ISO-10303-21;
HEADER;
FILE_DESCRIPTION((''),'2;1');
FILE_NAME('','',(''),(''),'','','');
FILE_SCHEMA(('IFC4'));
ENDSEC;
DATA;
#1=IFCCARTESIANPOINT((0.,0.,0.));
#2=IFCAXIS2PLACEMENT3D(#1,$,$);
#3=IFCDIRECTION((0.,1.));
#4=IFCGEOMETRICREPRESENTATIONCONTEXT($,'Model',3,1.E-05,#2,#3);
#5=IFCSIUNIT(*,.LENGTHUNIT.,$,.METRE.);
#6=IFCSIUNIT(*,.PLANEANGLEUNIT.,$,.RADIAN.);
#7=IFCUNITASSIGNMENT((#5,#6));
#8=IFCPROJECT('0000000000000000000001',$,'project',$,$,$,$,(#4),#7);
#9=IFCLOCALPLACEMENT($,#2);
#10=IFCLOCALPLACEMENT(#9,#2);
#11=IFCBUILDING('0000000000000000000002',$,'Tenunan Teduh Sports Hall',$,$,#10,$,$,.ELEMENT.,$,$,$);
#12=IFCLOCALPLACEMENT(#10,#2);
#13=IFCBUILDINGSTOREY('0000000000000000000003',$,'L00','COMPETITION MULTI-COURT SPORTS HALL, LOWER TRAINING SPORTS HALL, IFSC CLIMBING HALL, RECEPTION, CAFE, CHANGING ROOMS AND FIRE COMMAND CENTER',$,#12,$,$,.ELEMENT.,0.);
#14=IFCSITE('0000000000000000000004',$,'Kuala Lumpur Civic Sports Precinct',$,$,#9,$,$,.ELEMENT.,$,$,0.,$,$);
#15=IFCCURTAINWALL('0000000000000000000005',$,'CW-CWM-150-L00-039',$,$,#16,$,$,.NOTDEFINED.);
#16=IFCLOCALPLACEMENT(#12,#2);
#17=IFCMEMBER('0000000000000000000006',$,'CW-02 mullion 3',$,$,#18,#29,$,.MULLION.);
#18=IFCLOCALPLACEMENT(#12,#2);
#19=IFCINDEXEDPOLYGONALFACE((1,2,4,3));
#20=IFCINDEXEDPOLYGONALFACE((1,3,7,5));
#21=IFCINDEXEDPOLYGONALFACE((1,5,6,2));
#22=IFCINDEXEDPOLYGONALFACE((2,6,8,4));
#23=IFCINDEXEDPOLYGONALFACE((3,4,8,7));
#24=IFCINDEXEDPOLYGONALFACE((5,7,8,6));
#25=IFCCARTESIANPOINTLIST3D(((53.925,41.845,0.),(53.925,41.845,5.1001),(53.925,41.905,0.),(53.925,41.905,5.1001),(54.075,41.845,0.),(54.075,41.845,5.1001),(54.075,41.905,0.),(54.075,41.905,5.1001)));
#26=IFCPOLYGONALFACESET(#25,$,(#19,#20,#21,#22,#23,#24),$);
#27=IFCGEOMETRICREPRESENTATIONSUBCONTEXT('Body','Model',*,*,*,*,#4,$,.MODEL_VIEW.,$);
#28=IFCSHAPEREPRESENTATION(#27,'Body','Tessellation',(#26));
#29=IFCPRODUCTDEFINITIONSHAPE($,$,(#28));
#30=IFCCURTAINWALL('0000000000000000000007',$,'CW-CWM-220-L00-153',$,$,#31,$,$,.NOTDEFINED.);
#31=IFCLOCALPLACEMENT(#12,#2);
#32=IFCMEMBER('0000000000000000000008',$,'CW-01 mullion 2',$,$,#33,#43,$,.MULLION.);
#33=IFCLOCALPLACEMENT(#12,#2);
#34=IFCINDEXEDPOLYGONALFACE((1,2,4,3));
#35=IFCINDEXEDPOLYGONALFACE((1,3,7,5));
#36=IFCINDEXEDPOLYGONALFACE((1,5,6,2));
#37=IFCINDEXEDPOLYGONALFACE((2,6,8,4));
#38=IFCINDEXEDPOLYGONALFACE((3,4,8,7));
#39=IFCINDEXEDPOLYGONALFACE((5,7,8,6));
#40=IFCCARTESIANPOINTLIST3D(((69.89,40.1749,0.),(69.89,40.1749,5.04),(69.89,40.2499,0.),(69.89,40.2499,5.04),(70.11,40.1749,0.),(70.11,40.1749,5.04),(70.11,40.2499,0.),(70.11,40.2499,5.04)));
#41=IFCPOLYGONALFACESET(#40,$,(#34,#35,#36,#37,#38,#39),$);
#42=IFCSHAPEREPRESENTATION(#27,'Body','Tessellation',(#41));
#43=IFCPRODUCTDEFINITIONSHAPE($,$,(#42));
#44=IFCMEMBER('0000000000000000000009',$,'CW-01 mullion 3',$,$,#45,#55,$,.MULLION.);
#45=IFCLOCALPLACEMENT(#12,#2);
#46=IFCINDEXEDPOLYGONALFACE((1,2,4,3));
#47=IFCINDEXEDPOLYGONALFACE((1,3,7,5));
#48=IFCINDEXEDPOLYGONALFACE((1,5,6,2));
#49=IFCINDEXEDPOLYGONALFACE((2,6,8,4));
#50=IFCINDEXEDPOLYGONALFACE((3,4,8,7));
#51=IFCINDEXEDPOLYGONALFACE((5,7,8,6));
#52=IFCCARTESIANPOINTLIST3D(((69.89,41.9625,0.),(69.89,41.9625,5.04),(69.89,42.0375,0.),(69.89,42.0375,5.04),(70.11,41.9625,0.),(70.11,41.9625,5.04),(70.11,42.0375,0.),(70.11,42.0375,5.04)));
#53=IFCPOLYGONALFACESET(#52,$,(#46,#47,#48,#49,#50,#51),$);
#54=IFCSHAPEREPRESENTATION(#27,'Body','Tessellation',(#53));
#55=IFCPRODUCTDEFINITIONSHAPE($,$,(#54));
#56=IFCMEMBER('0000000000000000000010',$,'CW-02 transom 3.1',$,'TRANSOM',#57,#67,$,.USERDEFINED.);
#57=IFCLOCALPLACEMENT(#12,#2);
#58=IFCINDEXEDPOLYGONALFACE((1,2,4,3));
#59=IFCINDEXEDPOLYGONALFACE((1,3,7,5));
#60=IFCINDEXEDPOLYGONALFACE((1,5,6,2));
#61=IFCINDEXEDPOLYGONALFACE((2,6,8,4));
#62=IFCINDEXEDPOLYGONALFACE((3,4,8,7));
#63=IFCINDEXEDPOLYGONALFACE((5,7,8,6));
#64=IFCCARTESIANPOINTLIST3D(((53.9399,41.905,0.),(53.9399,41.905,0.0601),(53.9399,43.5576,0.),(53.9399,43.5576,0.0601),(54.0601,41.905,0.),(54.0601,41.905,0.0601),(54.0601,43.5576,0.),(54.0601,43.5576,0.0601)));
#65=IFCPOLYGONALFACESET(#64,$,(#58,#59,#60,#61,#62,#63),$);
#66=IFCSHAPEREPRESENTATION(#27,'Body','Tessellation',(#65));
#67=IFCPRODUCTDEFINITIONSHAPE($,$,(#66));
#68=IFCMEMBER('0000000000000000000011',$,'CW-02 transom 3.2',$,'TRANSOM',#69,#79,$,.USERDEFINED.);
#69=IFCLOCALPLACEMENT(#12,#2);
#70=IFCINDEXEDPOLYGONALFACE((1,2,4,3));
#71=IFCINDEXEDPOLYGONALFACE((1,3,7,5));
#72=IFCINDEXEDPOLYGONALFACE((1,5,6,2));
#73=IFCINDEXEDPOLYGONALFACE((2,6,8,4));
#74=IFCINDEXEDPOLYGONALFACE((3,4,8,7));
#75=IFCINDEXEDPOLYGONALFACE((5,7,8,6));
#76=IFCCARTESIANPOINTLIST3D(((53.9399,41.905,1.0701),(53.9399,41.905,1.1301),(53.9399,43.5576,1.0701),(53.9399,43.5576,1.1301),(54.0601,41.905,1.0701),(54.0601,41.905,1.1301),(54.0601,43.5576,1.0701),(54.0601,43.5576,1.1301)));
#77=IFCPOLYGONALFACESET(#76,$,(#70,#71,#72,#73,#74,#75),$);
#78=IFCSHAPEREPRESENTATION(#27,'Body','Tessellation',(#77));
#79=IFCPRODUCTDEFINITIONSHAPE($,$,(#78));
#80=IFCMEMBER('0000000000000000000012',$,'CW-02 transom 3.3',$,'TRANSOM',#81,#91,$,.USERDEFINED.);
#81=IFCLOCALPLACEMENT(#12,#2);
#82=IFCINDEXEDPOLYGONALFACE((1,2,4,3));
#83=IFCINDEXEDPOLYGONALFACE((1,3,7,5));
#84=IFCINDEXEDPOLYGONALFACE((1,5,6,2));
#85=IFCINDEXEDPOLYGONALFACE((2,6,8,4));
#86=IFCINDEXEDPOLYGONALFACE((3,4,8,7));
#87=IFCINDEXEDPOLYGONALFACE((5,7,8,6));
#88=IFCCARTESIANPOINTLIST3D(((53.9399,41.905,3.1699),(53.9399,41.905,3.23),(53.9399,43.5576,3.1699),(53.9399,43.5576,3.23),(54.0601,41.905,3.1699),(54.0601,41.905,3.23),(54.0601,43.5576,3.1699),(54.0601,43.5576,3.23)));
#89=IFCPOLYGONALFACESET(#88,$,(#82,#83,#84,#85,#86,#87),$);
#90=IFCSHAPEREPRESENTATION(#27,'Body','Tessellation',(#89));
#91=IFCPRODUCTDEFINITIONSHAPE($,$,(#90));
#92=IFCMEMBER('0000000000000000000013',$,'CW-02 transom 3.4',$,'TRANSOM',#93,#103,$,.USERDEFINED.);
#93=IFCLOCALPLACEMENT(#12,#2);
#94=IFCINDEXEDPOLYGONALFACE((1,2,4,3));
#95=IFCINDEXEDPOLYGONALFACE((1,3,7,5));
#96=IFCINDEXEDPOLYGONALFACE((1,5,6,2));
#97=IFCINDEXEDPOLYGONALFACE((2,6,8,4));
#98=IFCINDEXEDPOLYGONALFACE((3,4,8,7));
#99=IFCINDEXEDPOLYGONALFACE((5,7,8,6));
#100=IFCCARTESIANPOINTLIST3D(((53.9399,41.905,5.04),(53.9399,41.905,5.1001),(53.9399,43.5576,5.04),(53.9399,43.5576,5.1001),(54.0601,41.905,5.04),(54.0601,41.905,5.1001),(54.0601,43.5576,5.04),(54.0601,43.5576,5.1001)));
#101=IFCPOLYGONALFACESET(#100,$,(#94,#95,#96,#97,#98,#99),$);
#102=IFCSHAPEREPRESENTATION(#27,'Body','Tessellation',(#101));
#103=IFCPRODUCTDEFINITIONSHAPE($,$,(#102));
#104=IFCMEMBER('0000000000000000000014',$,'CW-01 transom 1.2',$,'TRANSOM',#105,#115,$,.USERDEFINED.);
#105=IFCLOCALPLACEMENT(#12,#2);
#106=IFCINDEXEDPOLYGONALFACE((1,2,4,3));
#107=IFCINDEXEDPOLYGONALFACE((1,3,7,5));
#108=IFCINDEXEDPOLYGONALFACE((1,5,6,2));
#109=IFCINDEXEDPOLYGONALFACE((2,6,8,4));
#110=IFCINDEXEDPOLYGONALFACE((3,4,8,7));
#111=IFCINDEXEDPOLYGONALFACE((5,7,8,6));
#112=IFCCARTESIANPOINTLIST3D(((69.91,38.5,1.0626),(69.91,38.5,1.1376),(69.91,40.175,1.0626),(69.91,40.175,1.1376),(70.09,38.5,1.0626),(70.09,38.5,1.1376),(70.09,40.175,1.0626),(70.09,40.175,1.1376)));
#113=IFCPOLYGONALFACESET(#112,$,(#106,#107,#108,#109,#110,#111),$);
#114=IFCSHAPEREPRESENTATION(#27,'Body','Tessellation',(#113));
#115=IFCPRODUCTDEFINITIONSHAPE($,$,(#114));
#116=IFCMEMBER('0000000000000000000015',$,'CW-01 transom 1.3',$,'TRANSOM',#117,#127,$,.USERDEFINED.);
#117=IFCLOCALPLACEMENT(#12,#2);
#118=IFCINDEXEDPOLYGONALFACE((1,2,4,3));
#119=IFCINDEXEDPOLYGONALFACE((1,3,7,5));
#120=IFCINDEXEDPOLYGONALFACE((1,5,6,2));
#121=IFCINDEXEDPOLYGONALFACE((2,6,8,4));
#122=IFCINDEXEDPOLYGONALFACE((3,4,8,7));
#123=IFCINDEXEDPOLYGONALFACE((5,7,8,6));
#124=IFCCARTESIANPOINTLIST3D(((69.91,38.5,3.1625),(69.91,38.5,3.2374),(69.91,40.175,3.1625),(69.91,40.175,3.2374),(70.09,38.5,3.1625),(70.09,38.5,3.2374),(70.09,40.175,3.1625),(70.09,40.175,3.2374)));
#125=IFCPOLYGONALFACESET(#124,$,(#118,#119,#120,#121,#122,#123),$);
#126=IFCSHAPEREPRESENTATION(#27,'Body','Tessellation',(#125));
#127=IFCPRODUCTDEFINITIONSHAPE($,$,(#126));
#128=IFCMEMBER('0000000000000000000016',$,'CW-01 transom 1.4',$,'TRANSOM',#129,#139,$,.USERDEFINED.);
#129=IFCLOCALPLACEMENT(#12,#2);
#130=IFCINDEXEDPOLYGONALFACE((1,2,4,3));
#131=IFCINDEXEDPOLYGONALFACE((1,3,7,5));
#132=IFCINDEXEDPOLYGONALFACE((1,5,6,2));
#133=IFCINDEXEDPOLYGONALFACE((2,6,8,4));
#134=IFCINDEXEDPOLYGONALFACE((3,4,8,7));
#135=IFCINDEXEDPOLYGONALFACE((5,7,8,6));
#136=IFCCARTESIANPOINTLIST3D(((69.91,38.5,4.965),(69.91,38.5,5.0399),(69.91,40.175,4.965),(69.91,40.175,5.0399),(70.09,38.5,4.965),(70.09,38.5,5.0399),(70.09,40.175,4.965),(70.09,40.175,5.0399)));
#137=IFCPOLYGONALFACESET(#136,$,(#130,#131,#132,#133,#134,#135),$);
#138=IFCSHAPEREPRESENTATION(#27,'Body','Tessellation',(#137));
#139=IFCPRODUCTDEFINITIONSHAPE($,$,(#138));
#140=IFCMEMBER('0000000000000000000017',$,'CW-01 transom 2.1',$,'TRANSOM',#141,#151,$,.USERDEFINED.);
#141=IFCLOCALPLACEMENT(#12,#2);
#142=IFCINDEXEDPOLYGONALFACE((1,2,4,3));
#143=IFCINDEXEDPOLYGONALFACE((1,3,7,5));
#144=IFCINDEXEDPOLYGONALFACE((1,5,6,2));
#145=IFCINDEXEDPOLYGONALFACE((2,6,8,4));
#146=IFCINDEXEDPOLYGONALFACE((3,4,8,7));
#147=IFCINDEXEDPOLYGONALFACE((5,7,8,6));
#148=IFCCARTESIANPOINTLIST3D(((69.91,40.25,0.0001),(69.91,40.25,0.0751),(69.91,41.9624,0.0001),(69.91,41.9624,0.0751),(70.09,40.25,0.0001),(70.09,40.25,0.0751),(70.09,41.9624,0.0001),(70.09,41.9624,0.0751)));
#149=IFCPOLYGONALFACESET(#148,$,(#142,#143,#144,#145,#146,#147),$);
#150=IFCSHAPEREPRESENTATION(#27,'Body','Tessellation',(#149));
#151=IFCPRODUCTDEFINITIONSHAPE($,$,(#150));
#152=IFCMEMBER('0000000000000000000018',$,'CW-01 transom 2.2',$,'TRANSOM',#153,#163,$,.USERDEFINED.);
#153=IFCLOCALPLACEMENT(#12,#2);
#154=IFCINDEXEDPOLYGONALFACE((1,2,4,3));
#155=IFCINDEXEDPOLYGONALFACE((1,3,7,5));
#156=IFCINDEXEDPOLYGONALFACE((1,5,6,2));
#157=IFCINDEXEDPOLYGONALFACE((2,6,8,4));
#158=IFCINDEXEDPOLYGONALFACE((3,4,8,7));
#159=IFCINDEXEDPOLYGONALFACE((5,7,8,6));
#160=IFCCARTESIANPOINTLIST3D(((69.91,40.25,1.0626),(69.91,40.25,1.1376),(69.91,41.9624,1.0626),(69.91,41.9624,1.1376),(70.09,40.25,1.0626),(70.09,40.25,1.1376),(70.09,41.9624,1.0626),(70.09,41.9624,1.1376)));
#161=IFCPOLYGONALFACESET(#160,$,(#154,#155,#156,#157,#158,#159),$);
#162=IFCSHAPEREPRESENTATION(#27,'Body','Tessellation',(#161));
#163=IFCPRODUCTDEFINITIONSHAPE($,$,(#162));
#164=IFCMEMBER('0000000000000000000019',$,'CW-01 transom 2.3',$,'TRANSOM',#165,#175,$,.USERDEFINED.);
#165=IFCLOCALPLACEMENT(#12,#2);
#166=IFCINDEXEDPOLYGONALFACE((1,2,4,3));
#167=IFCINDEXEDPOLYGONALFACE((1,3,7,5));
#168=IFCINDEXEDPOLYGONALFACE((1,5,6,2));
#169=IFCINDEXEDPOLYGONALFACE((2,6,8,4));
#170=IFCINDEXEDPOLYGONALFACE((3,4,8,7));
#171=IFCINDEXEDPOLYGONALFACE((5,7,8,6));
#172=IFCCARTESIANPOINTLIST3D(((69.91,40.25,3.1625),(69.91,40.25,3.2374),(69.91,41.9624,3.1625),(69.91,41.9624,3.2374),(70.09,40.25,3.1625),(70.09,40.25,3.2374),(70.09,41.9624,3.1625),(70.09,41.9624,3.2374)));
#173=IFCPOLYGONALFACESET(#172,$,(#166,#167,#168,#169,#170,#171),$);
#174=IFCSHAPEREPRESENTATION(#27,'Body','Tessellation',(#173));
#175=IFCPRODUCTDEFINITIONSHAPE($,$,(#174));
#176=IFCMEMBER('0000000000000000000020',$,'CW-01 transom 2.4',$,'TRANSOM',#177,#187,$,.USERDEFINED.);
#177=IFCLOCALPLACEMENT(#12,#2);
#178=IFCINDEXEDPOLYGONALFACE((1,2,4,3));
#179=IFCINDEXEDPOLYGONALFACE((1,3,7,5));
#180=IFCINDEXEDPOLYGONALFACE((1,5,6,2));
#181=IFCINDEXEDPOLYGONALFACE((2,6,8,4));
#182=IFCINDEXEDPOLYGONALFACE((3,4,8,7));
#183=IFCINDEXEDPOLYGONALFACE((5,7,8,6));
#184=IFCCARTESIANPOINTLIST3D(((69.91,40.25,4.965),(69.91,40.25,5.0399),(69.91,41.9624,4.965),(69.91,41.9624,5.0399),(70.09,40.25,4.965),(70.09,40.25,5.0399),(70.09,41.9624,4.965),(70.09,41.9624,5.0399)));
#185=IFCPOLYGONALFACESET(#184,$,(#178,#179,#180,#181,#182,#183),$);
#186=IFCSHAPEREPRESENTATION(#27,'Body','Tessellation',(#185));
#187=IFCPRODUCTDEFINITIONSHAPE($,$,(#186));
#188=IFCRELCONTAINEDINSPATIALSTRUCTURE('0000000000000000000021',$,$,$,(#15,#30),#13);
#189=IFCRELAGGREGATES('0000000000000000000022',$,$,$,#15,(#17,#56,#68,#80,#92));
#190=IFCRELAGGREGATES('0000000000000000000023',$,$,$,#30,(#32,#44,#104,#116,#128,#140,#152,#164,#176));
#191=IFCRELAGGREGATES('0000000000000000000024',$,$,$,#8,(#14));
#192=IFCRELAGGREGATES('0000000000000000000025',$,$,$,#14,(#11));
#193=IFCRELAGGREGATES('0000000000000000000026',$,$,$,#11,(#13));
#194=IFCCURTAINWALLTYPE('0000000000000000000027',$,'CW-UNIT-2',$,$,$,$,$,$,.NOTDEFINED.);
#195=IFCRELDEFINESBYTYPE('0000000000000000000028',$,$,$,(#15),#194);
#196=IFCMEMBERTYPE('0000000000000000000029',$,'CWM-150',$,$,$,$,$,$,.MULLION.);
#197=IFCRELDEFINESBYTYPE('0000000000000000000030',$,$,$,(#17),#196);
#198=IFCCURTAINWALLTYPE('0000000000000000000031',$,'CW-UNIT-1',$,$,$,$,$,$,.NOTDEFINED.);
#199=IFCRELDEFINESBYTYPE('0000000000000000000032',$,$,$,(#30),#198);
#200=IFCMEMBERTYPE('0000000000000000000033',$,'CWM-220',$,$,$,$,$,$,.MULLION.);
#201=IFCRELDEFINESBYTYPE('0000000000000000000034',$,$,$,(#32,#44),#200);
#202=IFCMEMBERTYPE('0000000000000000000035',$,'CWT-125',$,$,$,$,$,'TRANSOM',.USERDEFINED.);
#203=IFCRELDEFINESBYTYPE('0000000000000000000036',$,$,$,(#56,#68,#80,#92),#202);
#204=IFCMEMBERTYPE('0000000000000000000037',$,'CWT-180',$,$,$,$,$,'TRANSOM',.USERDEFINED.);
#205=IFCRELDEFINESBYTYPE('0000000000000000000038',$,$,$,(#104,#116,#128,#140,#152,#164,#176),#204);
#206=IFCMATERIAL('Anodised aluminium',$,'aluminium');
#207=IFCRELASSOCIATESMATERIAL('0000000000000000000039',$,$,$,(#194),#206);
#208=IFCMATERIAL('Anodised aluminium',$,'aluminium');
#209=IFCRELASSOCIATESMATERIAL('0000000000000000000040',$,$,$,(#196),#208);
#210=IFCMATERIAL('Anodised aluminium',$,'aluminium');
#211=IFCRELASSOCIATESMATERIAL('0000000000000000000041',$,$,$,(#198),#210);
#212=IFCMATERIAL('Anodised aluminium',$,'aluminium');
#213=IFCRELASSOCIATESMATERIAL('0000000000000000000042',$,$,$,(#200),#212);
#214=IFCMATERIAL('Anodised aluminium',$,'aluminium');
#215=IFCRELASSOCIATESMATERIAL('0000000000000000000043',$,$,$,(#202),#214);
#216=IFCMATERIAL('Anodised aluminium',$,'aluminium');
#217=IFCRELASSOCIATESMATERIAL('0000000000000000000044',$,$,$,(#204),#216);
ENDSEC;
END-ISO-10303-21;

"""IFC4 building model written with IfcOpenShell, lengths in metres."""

from ifc_helpers import new_model, si_unit, direction, frame, origin, origin_2d, place, context, subcontext, project, spatial, rectangle, extrude, material, material_profile, profile_set, type_object, element, aggregate, save


model = new_model("IFC4")

# Units and contexts
model_context = context("Model", 3, precision=1e-05, world=origin(), true_north=direction((0.0, 1.0)))
body_context = subcontext(model_context, "Body", "Model", "MODEL_VIEW")
ifc_project = project(units=[si_unit("LENGTHUNIT", "METRE"), si_unit("PLANEANGLEUNIT", "RADIAN")], contexts=[model_context])

# Site, building, storey
site_placement = place(None, origin())
site = spatial("IfcSite", under=ifc_project, at=site_placement, Name="Kuala Lumpur Civic Sports Precinct", CompositionType="ELEMENT", RefElevation=0.0)
building_placement = place(site_placement, origin())
building = spatial("IfcBuilding", under=site, at=building_placement, Name="Tenunan Teduh Sports Hall", CompositionType="ELEMENT")
storey_placement = place(building_placement, origin())
storey = spatial("IfcBuildingStorey", under=building, at=storey_placement, Name="L00", Description="COMPETITION MULTI-COURT SPORTS HALL, LOWER TRAINING SPORTS HALL, IFSC CLIMBING HALL, RECEPTION, CAFE, CHANGING ROOMS AND FIRE COMMAND CENTER", CompositionType="ELEMENT", Elevation=0.0)

# Curtain wall, member
ifc_material_1 = material(Name="Anodised aluminium", Category="aluminium")
curtain_wall_type_1 = type_object("IfcCurtainWallType", Name="CW-UNIT-2", PredefinedType="NOTDEFINED", material=ifc_material_1)
curtain_wall_1_placement = place(storey_placement, origin())
curtain_wall_1 = element("IfcCurtainWall", 1, at=curtain_wall_1_placement, inside=storey, type_object=curtain_wall_type_1, Name="CW-CWM-150-L00-039", PredefinedType="NOTDEFINED")
ifc_material_2 = material(Name="Anodised aluminium", Category="aluminium")
ifc_material_profile_1 = material_profile(ifc_material_2, rectangle(XDim=0.0601, YDim=0.1499, at=origin_2d()), Name="CWM 60x150")
ifc_profile_set_1 = profile_set([ifc_material_profile_1], Name="Anodised aluminium")
member_type_1 = type_object("IfcMemberType", Name="CWM-150", PredefinedType="MULLION", material=ifc_profile_set_1)
member_1_placement = place(storey_placement, frame((54.0, 41.875, 0.0), z_axis=(0.0, 0.0, 1.0), x_axis=(0.0, 1.0, 0.0)))
member_1 = element("IfcMember", 2, at=member_1_placement, type_object=member_type_1, Name="CW-02 mullion 3", PredefinedType="MULLION", context=body_context, shape_type="SweptSolid", body=[
    extrude(rectangle(XDim=0.0601, YDim=0.1499, at=origin_2d()), origin(), (0.0, 0.0, 1.0), 5.1001),
])

# Curtain wall, members
ifc_material_3 = material(Name="Anodised aluminium", Category="aluminium")
curtain_wall_type_2 = type_object("IfcCurtainWallType", Name="CW-UNIT-1", PredefinedType="NOTDEFINED", material=ifc_material_3)
curtain_wall_2_placement = place(storey_placement, origin())
curtain_wall_2 = element("IfcCurtainWall", 3, at=curtain_wall_2_placement, inside=storey, type_object=curtain_wall_type_2, Name="CW-CWM-220-L00-153", PredefinedType="NOTDEFINED")
ifc_material_4 = material(Name="Anodised aluminium", Category="aluminium")
ifc_material_profile_2 = material_profile(ifc_material_4, rectangle(XDim=0.075, YDim=0.22, at=origin_2d()), Name="CWM 75x220")
ifc_profile_set_2 = profile_set([ifc_material_profile_2], Name="Anodised aluminium")
member_type_2 = type_object("IfcMemberType", Name="CWM-220", PredefinedType="MULLION", material=ifc_profile_set_2)
member_2_placement = place(storey_placement, frame((70.0, 40.2124, 0.0), z_axis=(0.0, 0.0, 1.0), x_axis=(0.0, 1.0, 0.0)))
member_2 = element("IfcMember", 4, at=member_2_placement, type_object=member_type_2, Name="CW-01 mullion 2", PredefinedType="MULLION", context=body_context, shape_type="SweptSolid", body=[
    extrude(rectangle(XDim=0.075, YDim=0.22, at=origin_2d()), origin(), (0.0, 0.0, 1.0), 5.04),
])
member_3_placement = place(storey_placement, frame((70.0, 42.0, 0.0), z_axis=(0.0, 0.0, 1.0), x_axis=(0.0, 1.0, 0.0)))
member_3 = element("IfcMember", 5, at=member_3_placement, type_object=member_type_2, Name="CW-01 mullion 3", PredefinedType="MULLION", context=body_context, shape_type="SweptSolid", body=[
    extrude(rectangle(XDim=0.075, YDim=0.22, at=origin_2d()), origin(), (0.0, 0.0, 1.0), 5.04),
])

# Members
ifc_material_5 = material(Name="Anodised aluminium", Category="aluminium")
ifc_material_profile_3 = material_profile(ifc_material_5, rectangle(XDim=0.0601, YDim=0.1201, at=origin_2d()), Name="CWT 60x120")
ifc_profile_set_3 = profile_set([ifc_material_profile_3], Name="Anodised aluminium")
member_type_3 = type_object("IfcMemberType", Name="CWT-125", ElementType="TRANSOM", PredefinedType="USERDEFINED", material=ifc_profile_set_3)
member_4_placement = place(storey_placement, frame((54.0, 41.905, 0.03), z_axis=(0.0, 1.0, 0.0), x_axis=(0.0, 0.0, 1.0)))
member_4 = element("IfcMember", 6, at=member_4_placement, type_object=member_type_3, Name="CW-02 transom 3.1", ObjectType="TRANSOM", PredefinedType="USERDEFINED", context=body_context, shape_type="SweptSolid", body=[
    extrude(rectangle(XDim=0.0601, YDim=0.1201, at=origin_2d()), origin(), (0.0, 0.0, 1.0), 1.6526),
])
member_5_placement = place(storey_placement, frame((54.0, 41.905, 1.1001), z_axis=(0.0, 1.0, 0.0), x_axis=(0.0, 0.0, 1.0)))
member_5 = element("IfcMember", 7, at=member_5_placement, type_object=member_type_3, Name="CW-02 transom 3.2", ObjectType="TRANSOM", PredefinedType="USERDEFINED", context=body_context, shape_type="SweptSolid", body=[
    extrude(rectangle(XDim=0.0601, YDim=0.1201, at=origin_2d()), origin(), (0.0, 0.0, 1.0), 1.6526),
])
member_6_placement = place(storey_placement, frame((54.0, 41.905, 3.2), z_axis=(0.0, 1.0, 0.0), x_axis=(0.0, 0.0, 1.0)))
member_6 = element("IfcMember", 8, at=member_6_placement, type_object=member_type_3, Name="CW-02 transom 3.3", ObjectType="TRANSOM", PredefinedType="USERDEFINED", context=body_context, shape_type="SweptSolid", body=[
    extrude(rectangle(XDim=0.0601, YDim=0.1201, at=origin_2d()), origin(), (0.0, 0.0, 1.0), 1.6526),
])
member_7_placement = place(storey_placement, frame((54.0, 41.905, 5.0701), z_axis=(0.0, 1.0, 0.0), x_axis=(0.0, 0.0, 1.0)))
member_7 = element("IfcMember", 9, at=member_7_placement, type_object=member_type_3, Name="CW-02 transom 3.4", ObjectType="TRANSOM", PredefinedType="USERDEFINED", context=body_context, shape_type="SweptSolid", body=[
    extrude(rectangle(XDim=0.0601, YDim=0.1201, at=origin_2d()), origin(), (0.0, 0.0, 1.0), 1.6526),
])
ifc_material_6 = material(Name="Anodised aluminium", Category="aluminium")
ifc_material_profile_4 = material_profile(ifc_material_6, rectangle(XDim=0.075, YDim=0.1799, at=origin_2d()), Name="CWT 75x180")
ifc_profile_set_4 = profile_set([ifc_material_profile_4], Name="Anodised aluminium")
member_type_4 = type_object("IfcMemberType", Name="CWT-180", ElementType="TRANSOM", PredefinedType="USERDEFINED", material=ifc_profile_set_4)
member_8_placement = place(storey_placement, frame((70.0, 38.5, 1.1001), z_axis=(0.0, 1.0, 0.0), x_axis=(0.0, 0.0, 1.0)))
member_8 = element("IfcMember", 10, at=member_8_placement, type_object=member_type_4, Name="CW-01 transom 1.2", ObjectType="TRANSOM", PredefinedType="USERDEFINED", context=body_context, shape_type="SweptSolid", body=[
    extrude(rectangle(XDim=0.075, YDim=0.1799, at=origin_2d()), origin(), (0.0, 0.0, 1.0), 1.675),
])
member_9_placement = place(storey_placement, frame((70.0, 38.5, 3.2), z_axis=(0.0, 1.0, 0.0), x_axis=(0.0, 0.0, 1.0)))
member_9 = element("IfcMember", 11, at=member_9_placement, type_object=member_type_4, Name="CW-01 transom 1.3", ObjectType="TRANSOM", PredefinedType="USERDEFINED", context=body_context, shape_type="SweptSolid", body=[
    extrude(rectangle(XDim=0.075, YDim=0.1799, at=origin_2d()), origin(), (0.0, 0.0, 1.0), 1.675),
])
member_10_placement = place(storey_placement, frame((70.0, 38.5, 5.0024), z_axis=(0.0, 1.0, 0.0), x_axis=(0.0, 0.0, 1.0)))
member_10 = element("IfcMember", 12, at=member_10_placement, type_object=member_type_4, Name="CW-01 transom 1.4", ObjectType="TRANSOM", PredefinedType="USERDEFINED", context=body_context, shape_type="SweptSolid", body=[
    extrude(rectangle(XDim=0.075, YDim=0.1799, at=origin_2d()), origin(), (0.0, 0.0, 1.0), 1.675),
])
member_11_placement = place(storey_placement, frame((70.0, 40.25, 0.0376), z_axis=(0.0, 1.0, 0.0), x_axis=(0.0, 0.0, 1.0)))
member_11 = element("IfcMember", 13, at=member_11_placement, type_object=member_type_4, Name="CW-01 transom 2.1", ObjectType="TRANSOM", PredefinedType="USERDEFINED", context=body_context, shape_type="SweptSolid", body=[
    extrude(rectangle(XDim=0.075, YDim=0.1799, at=origin_2d()), origin(), (0.0, 0.0, 1.0), 1.7124),
])
member_12_placement = place(storey_placement, frame((70.0, 40.25, 1.1001), z_axis=(0.0, 1.0, 0.0), x_axis=(0.0, 0.0, 1.0)))
member_12 = element("IfcMember", 14, at=member_12_placement, type_object=member_type_4, Name="CW-01 transom 2.2", ObjectType="TRANSOM", PredefinedType="USERDEFINED", context=body_context, shape_type="SweptSolid", body=[
    extrude(rectangle(XDim=0.075, YDim=0.1799, at=origin_2d()), origin(), (0.0, 0.0, 1.0), 1.7124),
])
member_13_placement = place(storey_placement, frame((70.0, 40.25, 3.2), z_axis=(0.0, 1.0, 0.0), x_axis=(0.0, 0.0, 1.0)))
member_13 = element("IfcMember", 15, at=member_13_placement, type_object=member_type_4, Name="CW-01 transom 2.3", ObjectType="TRANSOM", PredefinedType="USERDEFINED", context=body_context, shape_type="SweptSolid", body=[
    extrude(rectangle(XDim=0.075, YDim=0.1799, at=origin_2d()), origin(), (0.0, 0.0, 1.0), 1.7124),
])
member_14_placement = place(storey_placement, frame((70.0, 40.25, 5.0024), z_axis=(0.0, 1.0, 0.0), x_axis=(0.0, 0.0, 1.0)))
member_14 = element("IfcMember", 16, at=member_14_placement, type_object=member_type_4, Name="CW-01 transom 2.4", ObjectType="TRANSOM", PredefinedType="USERDEFINED", context=body_context, shape_type="SweptSolid", body=[
    extrude(rectangle(XDim=0.075, YDim=0.1799, at=origin_2d()), origin(), (0.0, 0.0, 1.0), 1.7124),
])

aggregate(curtain_wall_1, [member_1, member_4, member_5, member_6, member_7])
aggregate(curtain_wall_2, [member_2, member_3, member_8, member_9, member_10, member_11, member_12, member_13, member_14])

save(model, "model.ifc")
